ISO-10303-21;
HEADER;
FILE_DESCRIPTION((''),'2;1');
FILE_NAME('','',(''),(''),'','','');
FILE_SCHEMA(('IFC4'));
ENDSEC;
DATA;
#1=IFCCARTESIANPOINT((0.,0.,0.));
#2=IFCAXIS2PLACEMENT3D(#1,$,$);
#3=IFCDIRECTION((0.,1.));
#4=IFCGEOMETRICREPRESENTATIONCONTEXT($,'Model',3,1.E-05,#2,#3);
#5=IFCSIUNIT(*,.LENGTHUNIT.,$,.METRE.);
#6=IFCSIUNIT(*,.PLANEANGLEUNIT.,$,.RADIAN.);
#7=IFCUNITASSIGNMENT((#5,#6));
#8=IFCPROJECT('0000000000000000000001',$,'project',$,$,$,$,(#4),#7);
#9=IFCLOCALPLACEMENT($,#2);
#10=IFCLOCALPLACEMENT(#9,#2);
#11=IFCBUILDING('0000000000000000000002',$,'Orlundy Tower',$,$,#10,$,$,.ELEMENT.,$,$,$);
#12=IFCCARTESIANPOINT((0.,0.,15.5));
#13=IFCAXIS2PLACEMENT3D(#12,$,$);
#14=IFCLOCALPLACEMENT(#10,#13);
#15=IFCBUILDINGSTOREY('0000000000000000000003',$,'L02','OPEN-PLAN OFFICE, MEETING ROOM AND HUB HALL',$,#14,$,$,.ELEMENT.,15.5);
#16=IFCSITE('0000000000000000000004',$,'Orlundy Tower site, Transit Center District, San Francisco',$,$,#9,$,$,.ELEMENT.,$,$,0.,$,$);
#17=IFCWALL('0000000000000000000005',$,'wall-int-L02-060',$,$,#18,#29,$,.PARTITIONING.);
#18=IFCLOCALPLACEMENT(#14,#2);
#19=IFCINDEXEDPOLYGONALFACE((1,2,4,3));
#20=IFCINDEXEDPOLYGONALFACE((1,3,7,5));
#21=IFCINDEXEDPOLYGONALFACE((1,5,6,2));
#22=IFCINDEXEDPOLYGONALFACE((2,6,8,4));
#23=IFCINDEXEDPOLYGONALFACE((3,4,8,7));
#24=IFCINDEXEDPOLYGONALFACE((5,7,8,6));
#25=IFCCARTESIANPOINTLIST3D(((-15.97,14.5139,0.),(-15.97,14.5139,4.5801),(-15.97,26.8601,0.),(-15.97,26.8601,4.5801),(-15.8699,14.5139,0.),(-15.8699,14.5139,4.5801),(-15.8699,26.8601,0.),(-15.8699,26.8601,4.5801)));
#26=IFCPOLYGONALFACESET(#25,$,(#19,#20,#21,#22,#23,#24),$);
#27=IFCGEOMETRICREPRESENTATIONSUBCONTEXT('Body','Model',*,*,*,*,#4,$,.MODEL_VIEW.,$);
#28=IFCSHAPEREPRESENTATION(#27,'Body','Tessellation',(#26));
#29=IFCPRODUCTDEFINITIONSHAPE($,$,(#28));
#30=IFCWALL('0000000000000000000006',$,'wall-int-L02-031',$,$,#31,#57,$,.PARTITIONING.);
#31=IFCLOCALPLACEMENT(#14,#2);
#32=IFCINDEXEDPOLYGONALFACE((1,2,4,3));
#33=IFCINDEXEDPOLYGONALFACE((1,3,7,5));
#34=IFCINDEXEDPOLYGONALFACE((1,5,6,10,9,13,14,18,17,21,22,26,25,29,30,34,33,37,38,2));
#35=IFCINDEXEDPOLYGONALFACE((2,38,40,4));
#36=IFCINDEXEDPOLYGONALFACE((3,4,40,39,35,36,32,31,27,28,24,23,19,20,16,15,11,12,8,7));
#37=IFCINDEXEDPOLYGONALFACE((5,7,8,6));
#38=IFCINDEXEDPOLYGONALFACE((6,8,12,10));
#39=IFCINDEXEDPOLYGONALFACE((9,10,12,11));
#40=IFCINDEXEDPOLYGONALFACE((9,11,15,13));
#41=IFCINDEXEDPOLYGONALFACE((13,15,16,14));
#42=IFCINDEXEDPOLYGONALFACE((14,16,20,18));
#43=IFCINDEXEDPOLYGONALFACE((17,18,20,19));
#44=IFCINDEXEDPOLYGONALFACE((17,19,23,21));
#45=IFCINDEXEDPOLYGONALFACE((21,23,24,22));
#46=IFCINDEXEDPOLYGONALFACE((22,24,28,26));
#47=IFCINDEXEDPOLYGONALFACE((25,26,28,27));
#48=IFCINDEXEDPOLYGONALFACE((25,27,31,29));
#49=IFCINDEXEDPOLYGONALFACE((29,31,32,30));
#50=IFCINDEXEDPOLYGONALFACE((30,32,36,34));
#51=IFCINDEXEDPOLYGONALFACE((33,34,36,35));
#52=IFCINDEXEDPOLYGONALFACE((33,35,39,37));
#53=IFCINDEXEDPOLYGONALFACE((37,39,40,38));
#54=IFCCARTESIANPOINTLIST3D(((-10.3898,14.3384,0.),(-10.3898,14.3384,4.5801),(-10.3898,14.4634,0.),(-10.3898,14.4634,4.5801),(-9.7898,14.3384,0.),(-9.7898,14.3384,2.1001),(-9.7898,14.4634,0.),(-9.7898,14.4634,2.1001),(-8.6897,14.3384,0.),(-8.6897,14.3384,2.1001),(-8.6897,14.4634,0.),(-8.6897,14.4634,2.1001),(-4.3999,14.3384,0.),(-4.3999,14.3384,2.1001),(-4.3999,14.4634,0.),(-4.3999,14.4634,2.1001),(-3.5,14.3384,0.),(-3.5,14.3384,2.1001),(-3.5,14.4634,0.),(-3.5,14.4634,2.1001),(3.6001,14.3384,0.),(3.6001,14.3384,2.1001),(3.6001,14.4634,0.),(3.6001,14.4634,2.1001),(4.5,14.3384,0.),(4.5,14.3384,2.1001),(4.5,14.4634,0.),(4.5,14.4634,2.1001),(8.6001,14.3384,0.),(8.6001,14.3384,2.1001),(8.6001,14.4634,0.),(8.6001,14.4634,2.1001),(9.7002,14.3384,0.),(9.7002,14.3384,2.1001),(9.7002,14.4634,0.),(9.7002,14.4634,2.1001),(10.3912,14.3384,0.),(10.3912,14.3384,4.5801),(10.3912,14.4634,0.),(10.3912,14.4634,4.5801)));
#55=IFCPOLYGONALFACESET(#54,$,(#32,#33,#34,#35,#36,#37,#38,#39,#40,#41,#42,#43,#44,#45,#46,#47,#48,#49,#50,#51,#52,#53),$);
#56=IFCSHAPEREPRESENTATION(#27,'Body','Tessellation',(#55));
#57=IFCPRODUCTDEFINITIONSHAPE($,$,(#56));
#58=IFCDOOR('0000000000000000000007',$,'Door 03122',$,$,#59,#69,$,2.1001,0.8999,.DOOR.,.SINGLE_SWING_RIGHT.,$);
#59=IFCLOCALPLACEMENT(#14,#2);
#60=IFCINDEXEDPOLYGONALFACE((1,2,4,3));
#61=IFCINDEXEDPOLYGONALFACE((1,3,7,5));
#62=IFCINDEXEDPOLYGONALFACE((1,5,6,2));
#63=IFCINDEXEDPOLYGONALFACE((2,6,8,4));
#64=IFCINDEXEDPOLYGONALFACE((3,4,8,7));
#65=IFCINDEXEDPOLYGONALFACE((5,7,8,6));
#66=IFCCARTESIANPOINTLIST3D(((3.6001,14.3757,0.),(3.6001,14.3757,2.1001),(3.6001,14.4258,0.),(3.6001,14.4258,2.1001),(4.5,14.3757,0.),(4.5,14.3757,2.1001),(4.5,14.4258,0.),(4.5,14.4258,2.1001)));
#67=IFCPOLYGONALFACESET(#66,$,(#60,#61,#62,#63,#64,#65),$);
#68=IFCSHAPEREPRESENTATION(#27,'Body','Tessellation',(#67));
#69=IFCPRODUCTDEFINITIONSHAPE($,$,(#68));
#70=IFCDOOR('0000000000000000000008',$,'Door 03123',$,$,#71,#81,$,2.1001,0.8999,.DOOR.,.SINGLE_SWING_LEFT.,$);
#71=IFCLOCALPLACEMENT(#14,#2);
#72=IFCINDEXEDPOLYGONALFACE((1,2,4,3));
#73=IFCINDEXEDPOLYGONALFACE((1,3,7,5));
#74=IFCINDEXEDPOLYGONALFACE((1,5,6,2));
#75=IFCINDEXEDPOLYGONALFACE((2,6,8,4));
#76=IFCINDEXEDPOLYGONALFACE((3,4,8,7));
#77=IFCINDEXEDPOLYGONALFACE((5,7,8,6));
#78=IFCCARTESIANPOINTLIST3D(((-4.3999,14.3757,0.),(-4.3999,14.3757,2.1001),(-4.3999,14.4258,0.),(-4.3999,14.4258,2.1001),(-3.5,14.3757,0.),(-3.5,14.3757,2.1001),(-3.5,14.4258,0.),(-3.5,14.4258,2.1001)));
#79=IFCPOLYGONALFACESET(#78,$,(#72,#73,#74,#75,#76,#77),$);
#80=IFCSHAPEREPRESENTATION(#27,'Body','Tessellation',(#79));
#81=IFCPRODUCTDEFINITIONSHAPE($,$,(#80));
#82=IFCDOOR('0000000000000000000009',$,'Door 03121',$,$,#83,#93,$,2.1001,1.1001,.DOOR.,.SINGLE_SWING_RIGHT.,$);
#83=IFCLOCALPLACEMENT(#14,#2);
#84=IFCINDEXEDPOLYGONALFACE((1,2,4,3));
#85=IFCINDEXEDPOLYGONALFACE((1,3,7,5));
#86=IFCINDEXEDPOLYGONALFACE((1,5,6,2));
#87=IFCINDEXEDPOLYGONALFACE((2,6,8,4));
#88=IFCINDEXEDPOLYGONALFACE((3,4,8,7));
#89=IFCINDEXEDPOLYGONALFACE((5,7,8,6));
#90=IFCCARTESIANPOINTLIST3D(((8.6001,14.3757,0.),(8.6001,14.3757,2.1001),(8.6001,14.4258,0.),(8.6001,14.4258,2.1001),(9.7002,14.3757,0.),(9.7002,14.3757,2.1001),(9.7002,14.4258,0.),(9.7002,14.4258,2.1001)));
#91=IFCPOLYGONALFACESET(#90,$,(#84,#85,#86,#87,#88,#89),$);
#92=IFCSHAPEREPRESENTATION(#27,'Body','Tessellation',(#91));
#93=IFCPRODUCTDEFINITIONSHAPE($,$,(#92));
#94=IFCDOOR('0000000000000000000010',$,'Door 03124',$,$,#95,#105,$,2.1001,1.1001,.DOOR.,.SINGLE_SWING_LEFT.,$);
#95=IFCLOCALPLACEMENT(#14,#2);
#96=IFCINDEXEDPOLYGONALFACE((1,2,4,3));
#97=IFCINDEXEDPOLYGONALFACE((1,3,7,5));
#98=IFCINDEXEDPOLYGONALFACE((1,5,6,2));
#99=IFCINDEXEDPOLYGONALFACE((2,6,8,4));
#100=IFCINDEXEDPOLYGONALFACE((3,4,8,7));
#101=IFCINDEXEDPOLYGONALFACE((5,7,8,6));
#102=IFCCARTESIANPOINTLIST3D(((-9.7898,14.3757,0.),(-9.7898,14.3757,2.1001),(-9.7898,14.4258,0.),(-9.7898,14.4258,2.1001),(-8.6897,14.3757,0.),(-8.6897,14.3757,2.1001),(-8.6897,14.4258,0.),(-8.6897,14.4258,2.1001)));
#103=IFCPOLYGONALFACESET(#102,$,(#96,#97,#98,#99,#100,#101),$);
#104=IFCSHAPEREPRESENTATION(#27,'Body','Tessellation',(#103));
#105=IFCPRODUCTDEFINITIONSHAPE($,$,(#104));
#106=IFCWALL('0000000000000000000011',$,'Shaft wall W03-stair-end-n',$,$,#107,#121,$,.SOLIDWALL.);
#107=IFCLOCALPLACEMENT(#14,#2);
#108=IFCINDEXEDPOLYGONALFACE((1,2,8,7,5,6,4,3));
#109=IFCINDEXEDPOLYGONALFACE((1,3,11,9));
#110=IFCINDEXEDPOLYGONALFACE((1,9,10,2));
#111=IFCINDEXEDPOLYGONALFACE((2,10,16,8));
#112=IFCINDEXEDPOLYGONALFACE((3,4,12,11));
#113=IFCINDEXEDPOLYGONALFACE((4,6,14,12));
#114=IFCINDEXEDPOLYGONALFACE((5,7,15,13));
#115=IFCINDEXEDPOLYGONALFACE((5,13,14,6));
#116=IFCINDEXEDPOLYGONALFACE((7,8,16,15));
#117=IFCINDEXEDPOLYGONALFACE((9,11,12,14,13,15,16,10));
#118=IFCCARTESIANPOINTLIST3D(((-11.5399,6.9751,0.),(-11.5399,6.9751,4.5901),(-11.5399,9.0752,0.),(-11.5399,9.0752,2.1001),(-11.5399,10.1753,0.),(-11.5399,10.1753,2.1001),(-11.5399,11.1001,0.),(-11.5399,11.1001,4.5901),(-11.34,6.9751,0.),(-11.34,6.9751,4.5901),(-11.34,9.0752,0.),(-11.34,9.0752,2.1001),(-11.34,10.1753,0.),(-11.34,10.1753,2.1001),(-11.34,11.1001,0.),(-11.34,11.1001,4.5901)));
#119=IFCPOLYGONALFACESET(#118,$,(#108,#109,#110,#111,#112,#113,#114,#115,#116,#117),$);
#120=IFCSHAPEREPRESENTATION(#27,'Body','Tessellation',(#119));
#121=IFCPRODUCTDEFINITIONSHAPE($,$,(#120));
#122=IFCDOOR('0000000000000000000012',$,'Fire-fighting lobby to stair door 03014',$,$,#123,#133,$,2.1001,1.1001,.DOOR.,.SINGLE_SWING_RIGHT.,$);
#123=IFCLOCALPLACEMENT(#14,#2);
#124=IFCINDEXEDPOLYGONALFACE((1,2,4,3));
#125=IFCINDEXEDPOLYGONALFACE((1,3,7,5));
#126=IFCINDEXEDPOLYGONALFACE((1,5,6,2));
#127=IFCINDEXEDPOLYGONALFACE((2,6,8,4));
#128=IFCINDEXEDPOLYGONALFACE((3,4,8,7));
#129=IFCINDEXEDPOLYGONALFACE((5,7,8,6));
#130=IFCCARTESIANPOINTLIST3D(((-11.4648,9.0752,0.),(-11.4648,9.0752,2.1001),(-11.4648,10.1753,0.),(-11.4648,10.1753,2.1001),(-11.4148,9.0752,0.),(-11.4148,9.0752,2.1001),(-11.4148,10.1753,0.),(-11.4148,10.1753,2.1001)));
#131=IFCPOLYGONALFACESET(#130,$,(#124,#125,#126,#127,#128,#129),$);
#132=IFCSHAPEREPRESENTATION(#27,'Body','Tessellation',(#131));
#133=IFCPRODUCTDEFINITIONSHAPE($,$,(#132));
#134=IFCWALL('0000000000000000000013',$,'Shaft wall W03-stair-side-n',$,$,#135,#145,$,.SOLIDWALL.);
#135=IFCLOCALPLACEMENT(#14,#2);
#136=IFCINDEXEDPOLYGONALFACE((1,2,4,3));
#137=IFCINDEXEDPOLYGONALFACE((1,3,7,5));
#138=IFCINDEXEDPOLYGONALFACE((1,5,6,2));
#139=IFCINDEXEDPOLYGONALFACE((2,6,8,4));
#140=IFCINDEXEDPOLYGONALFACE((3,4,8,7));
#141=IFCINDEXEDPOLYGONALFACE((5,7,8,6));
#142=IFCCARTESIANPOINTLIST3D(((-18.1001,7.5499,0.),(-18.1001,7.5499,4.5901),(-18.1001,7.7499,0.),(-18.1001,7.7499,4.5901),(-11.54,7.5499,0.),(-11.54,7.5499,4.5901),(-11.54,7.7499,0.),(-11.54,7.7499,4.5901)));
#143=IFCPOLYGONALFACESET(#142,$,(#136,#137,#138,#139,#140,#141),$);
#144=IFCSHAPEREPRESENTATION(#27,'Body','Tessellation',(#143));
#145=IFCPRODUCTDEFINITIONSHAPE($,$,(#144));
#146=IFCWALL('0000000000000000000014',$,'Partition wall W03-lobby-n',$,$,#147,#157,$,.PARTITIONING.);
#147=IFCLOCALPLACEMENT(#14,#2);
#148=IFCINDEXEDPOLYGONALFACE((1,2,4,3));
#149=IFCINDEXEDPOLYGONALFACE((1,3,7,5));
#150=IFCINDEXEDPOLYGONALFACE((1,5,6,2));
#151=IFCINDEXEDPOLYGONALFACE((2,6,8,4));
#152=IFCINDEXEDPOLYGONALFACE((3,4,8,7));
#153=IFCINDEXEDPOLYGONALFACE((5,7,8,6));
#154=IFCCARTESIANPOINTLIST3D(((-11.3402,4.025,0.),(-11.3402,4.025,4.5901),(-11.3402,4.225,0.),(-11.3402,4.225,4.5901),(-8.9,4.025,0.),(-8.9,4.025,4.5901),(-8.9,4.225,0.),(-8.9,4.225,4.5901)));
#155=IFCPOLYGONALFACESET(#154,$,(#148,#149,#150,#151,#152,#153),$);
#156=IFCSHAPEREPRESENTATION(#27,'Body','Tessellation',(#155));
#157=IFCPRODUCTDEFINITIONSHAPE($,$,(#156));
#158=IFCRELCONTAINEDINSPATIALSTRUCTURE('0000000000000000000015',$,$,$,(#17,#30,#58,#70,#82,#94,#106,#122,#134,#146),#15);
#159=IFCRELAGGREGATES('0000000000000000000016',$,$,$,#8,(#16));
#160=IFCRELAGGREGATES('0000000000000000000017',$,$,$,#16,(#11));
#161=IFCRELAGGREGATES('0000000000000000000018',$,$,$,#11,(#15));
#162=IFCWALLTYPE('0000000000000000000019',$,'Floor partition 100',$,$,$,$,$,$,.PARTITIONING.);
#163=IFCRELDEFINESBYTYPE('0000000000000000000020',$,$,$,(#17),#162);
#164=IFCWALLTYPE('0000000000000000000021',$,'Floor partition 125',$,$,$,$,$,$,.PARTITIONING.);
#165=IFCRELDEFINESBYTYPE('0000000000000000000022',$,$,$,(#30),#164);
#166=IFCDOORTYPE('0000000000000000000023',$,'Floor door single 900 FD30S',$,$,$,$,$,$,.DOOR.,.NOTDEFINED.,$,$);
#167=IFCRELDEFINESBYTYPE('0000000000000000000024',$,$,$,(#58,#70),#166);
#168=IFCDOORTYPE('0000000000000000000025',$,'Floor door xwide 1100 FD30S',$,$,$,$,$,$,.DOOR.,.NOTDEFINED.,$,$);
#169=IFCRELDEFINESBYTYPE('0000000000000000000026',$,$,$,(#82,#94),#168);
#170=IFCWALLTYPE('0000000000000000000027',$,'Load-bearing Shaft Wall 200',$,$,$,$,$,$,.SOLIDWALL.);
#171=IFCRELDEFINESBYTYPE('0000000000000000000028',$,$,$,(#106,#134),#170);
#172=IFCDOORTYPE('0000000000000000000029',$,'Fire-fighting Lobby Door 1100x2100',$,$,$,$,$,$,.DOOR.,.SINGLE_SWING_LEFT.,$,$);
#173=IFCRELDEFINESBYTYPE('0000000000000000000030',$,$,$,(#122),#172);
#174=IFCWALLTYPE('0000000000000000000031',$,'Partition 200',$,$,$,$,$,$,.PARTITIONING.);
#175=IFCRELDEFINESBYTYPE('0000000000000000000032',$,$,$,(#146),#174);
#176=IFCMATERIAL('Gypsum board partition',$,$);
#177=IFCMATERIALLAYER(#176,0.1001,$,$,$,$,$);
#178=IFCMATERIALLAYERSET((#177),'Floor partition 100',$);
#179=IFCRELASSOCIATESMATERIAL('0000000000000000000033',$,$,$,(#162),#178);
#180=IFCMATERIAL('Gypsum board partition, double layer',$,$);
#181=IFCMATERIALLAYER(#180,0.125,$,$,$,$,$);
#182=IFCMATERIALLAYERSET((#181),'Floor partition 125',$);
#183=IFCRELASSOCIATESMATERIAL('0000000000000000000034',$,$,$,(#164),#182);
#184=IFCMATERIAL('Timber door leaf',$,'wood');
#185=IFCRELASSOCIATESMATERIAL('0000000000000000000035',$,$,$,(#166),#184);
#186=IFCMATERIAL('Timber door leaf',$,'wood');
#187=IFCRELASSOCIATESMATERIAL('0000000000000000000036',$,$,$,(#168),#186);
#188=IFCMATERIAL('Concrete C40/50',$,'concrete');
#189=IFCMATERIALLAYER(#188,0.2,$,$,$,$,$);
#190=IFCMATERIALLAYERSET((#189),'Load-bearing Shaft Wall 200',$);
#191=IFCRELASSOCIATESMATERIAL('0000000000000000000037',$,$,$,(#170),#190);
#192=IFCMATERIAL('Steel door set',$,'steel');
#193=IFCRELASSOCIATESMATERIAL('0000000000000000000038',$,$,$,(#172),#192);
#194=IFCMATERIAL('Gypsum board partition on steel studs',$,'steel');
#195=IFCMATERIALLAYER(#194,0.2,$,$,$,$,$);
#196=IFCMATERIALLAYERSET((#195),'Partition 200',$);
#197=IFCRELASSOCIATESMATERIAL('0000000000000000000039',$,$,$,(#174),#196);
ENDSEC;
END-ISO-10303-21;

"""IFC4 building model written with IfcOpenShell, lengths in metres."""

from ifc_helpers import new_model, si_unit, direction, frame, frame_2d, origin, place, context, subcontext, project, spatial, rectangle, extrude, material, layer, layer_set, type_object, element, fill, save


model = new_model("IFC4")

# Units and contexts
model_context = context("Model", 3, precision=1e-05, world=origin(), true_north=direction((0.0, 1.0)))
body_context = subcontext(model_context, "Body", "Model", "MODEL_VIEW")
ifc_project = project(units=[si_unit("LENGTHUNIT", "METRE"), si_unit("PLANEANGLEUNIT", "RADIAN")], contexts=[model_context])

# Site, building, storey
site_placement = place(None, origin())
site = spatial("IfcSite", under=ifc_project, at=site_placement, Name="Orlundy Tower site, Transit Center District, San Francisco", CompositionType="ELEMENT", RefElevation=0.0)
building_placement = place(site_placement, origin())
building = spatial("IfcBuilding", under=site, at=building_placement, Name="Orlundy Tower", CompositionType="ELEMENT")
storey_placement = place(building_placement, frame((0.0, 0.0, 15.5)))
storey = spatial("IfcBuildingStorey", under=building, at=storey_placement, Name="L02", Description="OPEN-PLAN OFFICE, MEETING ROOM AND HUB HALL", CompositionType="ELEMENT", Elevation=15.5)

# Wall
ifc_material_1 = material(Name="Gypsum board partition")
ifc_layer_1 = layer(ifc_material_1, 0.1001)
ifc_layer_set_1 = layer_set([ifc_layer_1], Name="Floor partition 100")
wall_type_1 = type_object("IfcWallType", Name="Floor partition 100", PredefinedType="PARTITIONING", material=ifc_layer_set_1)
wall_1_placement = place(storey_placement, frame((-15.9199, 14.5139, 0.0), z_axis=(0.0, 0.0, 1.0), x_axis=(0.0, 1.0, 0.0)))
element("IfcWall", 1, at=wall_1_placement, inside=storey, type_object=wall_type_1, Name="wall-int-L02-060", PredefinedType="PARTITIONING", context=body_context, shape_type="SweptSolid", body=[
    extrude(rectangle(XDim=12.3462, YDim=0.1001, at=frame_2d((6.1731, 0.0))), origin(), (0.0, 0.0, 1.0), 4.5801),
])

# Wall, openings, doors
ifc_material_2 = material(Name="Gypsum board partition, double layer")
ifc_layer_2 = layer(ifc_material_2, 0.125)
ifc_layer_set_2 = layer_set([ifc_layer_2], Name="Floor partition 125")
wall_type_2 = type_object("IfcWallType", Name="Floor partition 125", PredefinedType="PARTITIONING", material=ifc_layer_set_2)
wall_2_placement = place(storey_placement, frame((-10.3899, 14.4009, 0.0), z_axis=(0.0, 0.0, 1.0), x_axis=(1.0, 0.0, 0.0)))
wall_2 = element("IfcWall", 2, at=wall_2_placement, inside=storey, type_object=wall_type_2, Name="wall-int-L02-031", PredefinedType="PARTITIONING", context=body_context, shape_type="SweptSolid", body=[
    extrude(rectangle(XDim=20.781, YDim=0.125, at=frame_2d((10.3906, 0.0))), origin(), (0.0, 0.0, 1.0), 4.5801),
])
opening_1_placement = place(wall_2_placement, frame((18.99, 0.0, 0.0)))
opening_1 = element("IfcOpeningElement", 3, at=opening_1_placement, cuts=wall_2, PredefinedType="OPENING", context=body_context, shape_type="SweptSolid", body=[
    extrude(rectangle(XDim=1.1001, YDim=2.1001, at=frame_2d((0.55, 1.05))), frame((0.0, 0.0725, 0.0), z_axis=(0.0, -1.0, 0.0), x_axis=(1.0, 0.0, 0.0)), (0.0, 0.0, 1.0), 0.145),
])
opening_2_placement = place(wall_2_placement, frame((13.99, 0.0, 0.0)))
opening_2 = element("IfcOpeningElement", 4, at=opening_2_placement, cuts=wall_2, PredefinedType="OPENING", context=body_context, shape_type="SweptSolid", body=[
    extrude(rectangle(XDim=0.8999, YDim=2.1001, at=frame_2d((0.45, 1.05))), frame((0.0, 0.0725, 0.0), z_axis=(0.0, -1.0, 0.0), x_axis=(1.0, 0.0, 0.0)), (0.0, 0.0, 1.0), 0.145),
])
opening_3_placement = place(wall_2_placement, frame((5.99, 0.0, 0.0)))
opening_3 = element("IfcOpeningElement", 5, at=opening_3_placement, cuts=wall_2, PredefinedType="OPENING", context=body_context, shape_type="SweptSolid", body=[
    extrude(rectangle(XDim=0.8999, YDim=2.1001, at=frame_2d((0.45, 1.05))), frame((0.0, 0.0725, 0.0), z_axis=(0.0, -1.0, 0.0), x_axis=(1.0, 0.0, 0.0)), (0.0, 0.0, 1.0), 0.145),
])
opening_4_placement = place(wall_2_placement, frame((0.6001, 0.0, 0.0)))
opening_4 = element("IfcOpeningElement", 6, at=opening_4_placement, cuts=wall_2, PredefinedType="OPENING", context=body_context, shape_type="SweptSolid", body=[
    extrude(rectangle(XDim=1.1001, YDim=2.1001, at=frame_2d((0.55, 1.05))), frame((0.0, 0.0725, 0.0), z_axis=(0.0, -1.0, 0.0), x_axis=(1.0, 0.0, 0.0)), (0.0, 0.0, 1.0), 0.145),
])
ifc_material_3 = material(Name="Timber door leaf", Category="wood")
door_type_1 = type_object("IfcDoorType", Name="Floor door single 900 FD30S", OperationType="NOTDEFINED", PredefinedType="DOOR", material=ifc_material_3)
door_1_placement = place(opening_2_placement, origin())
door_1 = element("IfcDoor", 7, at=door_1_placement, inside=storey, type_object=door_type_1, Name="Door 03122", OperationType="SINGLE_SWING_RIGHT", OverallHeight=2.1001, OverallWidth=0.8999, PredefinedType="DOOR", context=body_context, shape_type="SweptSolid", body=[
    extrude(rectangle(XDim=0.8999, YDim=2.1001, at=frame_2d((0.45, 1.05))), frame((0.0, 0.0249, 0.0), z_axis=(0.0, -1.0, 0.0), x_axis=(1.0, 0.0, 0.0)), (0.0, 0.0, 1.0), 0.05),
])
fill(opening_2, door_1)
door_2_placement = place(opening_3_placement, origin())
door_2 = element("IfcDoor", 8, at=door_2_placement, inside=storey, type_object=door_type_1, Name="Door 03123", OperationType="SINGLE_SWING_LEFT", OverallHeight=2.1001, OverallWidth=0.8999, PredefinedType="DOOR", context=body_context, shape_type="SweptSolid", body=[
    extrude(rectangle(XDim=0.8999, YDim=2.1001, at=frame_2d((0.45, 1.05))), frame((0.0, 0.0249, 0.0), z_axis=(0.0, -1.0, 0.0), x_axis=(1.0, 0.0, 0.0)), (0.0, 0.0, 1.0), 0.05),
])
fill(opening_3, door_2)
ifc_material_4 = material(Name="Timber door leaf", Category="wood")
door_type_2 = type_object("IfcDoorType", Name="Floor door xwide 1100 FD30S", OperationType="NOTDEFINED", PredefinedType="DOOR", material=ifc_material_4)
door_3_placement = place(opening_1_placement, origin())
door_3 = element("IfcDoor", 9, at=door_3_placement, inside=storey, type_object=door_type_2, Name="Door 03121", OperationType="SINGLE_SWING_RIGHT", OverallHeight=2.1001, OverallWidth=1.1001, PredefinedType="DOOR", context=body_context, shape_type="SweptSolid", body=[
    extrude(rectangle(XDim=1.1001, YDim=2.1001, at=frame_2d((0.55, 1.05))), frame((0.0, 0.0249, 0.0), z_axis=(0.0, -1.0, 0.0), x_axis=(1.0, 0.0, 0.0)), (0.0, 0.0, 1.0), 0.05),
])
fill(opening_1, door_3)
door_4_placement = place(opening_4_placement, origin())
door_4 = element("IfcDoor", 10, at=door_4_placement, inside=storey, type_object=door_type_2, Name="Door 03124", OperationType="SINGLE_SWING_LEFT", OverallHeight=2.1001, OverallWidth=1.1001, PredefinedType="DOOR", context=body_context, shape_type="SweptSolid", body=[
    extrude(rectangle(XDim=1.1001, YDim=2.1001, at=frame_2d((0.55, 1.05))), frame((0.0, 0.0249, 0.0), z_axis=(0.0, -1.0, 0.0), x_axis=(1.0, 0.0, 0.0)), (0.0, 0.0, 1.0), 0.05),
])
fill(opening_4, door_4)

# Wall, opening, door
ifc_material_5 = material(Name="Concrete C40/50", Category="concrete")
ifc_layer_3 = layer(ifc_material_5, 0.2)
ifc_layer_set_3 = layer_set([ifc_layer_3], Name="Load-bearing Shaft Wall 200")
wall_type_3 = type_object("IfcWallType", Name="Load-bearing Shaft Wall 200", PredefinedType="SOLIDWALL", material=ifc_layer_set_3)
wall_3_placement = place(storey_placement, frame((-11.4399, 6.9751, 0.0), z_axis=(0.0, 0.0, 1.0), x_axis=(0.0, 1.0, 0.0)))
wall_3 = element("IfcWall", 11, at=wall_3_placement, inside=storey, type_object=wall_type_3, Name="Shaft wall W03-stair-end-n", PredefinedType="SOLIDWALL", context=body_context, shape_type="SweptSolid", body=[
    extrude(rectangle(XDim=4.125, YDim=0.2, at=frame_2d((2.0625, 0.0))), origin(), (0.0, 0.0, 1.0), 4.5901),
])
opening_5_placement = place(wall_3_placement, frame((2.1001, 0.0, 0.0)))
opening_5 = element("IfcOpeningElement", 12, at=opening_5_placement, cuts=wall_3, PredefinedType="OPENING", context=body_context, shape_type="SweptSolid", body=[
    extrude(rectangle(XDim=1.1001, YDim=2.1001, at=frame_2d((0.55, 1.05))), frame((0.0, 0.1101, 0.0), z_axis=(0.0, -1.0, 0.0), x_axis=(1.0, 0.0, 0.0)), (0.0, 0.0, 1.0), 0.2202),
])
ifc_material_6 = material(Name="Steel door set", Category="steel")
door_type_3 = type_object("IfcDoorType", Name="Fire-fighting Lobby Door 1100x2100", OperationType="SINGLE_SWING_LEFT", PredefinedType="DOOR", material=ifc_material_6)
door_5_placement = place(opening_5_placement, origin())
door_5 = element("IfcDoor", 13, at=door_5_placement, inside=storey, type_object=door_type_3, Name="Fire-fighting lobby to stair door 03014", OperationType="SINGLE_SWING_RIGHT", OverallHeight=2.1001, OverallWidth=1.1001, PredefinedType="DOOR", context=body_context, shape_type="SweptSolid", body=[
    extrude(rectangle(XDim=1.1001, YDim=2.1001, at=frame_2d((0.55, 1.05))), frame((0.0, 0.0249, 0.0), z_axis=(0.0, -1.0, 0.0), x_axis=(1.0, 0.0, 0.0)), (0.0, 0.0, 1.0), 0.05),
])
fill(opening_5, door_5)

# Walls
wall_4_placement = place(storey_placement, frame((-11.54, 7.6499, 0.0), z_axis=(0.0, 0.0, 1.0), x_axis=(-1.0, 0.0, 0.0)))
element("IfcWall", 14, at=wall_4_placement, inside=storey, type_object=wall_type_3, Name="Shaft wall W03-stair-side-n", PredefinedType="SOLIDWALL", context=body_context, shape_type="SweptSolid", body=[
    extrude(rectangle(XDim=6.5601, YDim=0.2, at=frame_2d((3.28, 0.0))), origin(), (0.0, 0.0, 1.0), 4.5901),
])
ifc_material_7 = material(Name="Gypsum board partition on steel studs", Category="steel")
ifc_layer_4 = layer(ifc_material_7, 0.2)
ifc_layer_set_4 = layer_set([ifc_layer_4], Name="Partition 200")
wall_type_4 = type_object("IfcWallType", Name="Partition 200", PredefinedType="PARTITIONING", material=ifc_layer_set_4)
wall_5_placement = place(storey_placement, frame((-8.8999, 4.125, 0.0), z_axis=(0.0, 0.0, 1.0), x_axis=(-1.0, 0.0, 0.0)))
element("IfcWall", 15, at=wall_5_placement, inside=storey, type_object=wall_type_4, Name="Partition wall W03-lobby-n", PredefinedType="PARTITIONING", context=body_context, shape_type="SweptSolid", body=[
    extrude(rectangle(XDim=2.4402, YDim=0.2, at=frame_2d((1.2202, 0.0))), origin(), (0.0, 0.0, 1.0), 4.5901),
])

save(model, "model.ifc")
